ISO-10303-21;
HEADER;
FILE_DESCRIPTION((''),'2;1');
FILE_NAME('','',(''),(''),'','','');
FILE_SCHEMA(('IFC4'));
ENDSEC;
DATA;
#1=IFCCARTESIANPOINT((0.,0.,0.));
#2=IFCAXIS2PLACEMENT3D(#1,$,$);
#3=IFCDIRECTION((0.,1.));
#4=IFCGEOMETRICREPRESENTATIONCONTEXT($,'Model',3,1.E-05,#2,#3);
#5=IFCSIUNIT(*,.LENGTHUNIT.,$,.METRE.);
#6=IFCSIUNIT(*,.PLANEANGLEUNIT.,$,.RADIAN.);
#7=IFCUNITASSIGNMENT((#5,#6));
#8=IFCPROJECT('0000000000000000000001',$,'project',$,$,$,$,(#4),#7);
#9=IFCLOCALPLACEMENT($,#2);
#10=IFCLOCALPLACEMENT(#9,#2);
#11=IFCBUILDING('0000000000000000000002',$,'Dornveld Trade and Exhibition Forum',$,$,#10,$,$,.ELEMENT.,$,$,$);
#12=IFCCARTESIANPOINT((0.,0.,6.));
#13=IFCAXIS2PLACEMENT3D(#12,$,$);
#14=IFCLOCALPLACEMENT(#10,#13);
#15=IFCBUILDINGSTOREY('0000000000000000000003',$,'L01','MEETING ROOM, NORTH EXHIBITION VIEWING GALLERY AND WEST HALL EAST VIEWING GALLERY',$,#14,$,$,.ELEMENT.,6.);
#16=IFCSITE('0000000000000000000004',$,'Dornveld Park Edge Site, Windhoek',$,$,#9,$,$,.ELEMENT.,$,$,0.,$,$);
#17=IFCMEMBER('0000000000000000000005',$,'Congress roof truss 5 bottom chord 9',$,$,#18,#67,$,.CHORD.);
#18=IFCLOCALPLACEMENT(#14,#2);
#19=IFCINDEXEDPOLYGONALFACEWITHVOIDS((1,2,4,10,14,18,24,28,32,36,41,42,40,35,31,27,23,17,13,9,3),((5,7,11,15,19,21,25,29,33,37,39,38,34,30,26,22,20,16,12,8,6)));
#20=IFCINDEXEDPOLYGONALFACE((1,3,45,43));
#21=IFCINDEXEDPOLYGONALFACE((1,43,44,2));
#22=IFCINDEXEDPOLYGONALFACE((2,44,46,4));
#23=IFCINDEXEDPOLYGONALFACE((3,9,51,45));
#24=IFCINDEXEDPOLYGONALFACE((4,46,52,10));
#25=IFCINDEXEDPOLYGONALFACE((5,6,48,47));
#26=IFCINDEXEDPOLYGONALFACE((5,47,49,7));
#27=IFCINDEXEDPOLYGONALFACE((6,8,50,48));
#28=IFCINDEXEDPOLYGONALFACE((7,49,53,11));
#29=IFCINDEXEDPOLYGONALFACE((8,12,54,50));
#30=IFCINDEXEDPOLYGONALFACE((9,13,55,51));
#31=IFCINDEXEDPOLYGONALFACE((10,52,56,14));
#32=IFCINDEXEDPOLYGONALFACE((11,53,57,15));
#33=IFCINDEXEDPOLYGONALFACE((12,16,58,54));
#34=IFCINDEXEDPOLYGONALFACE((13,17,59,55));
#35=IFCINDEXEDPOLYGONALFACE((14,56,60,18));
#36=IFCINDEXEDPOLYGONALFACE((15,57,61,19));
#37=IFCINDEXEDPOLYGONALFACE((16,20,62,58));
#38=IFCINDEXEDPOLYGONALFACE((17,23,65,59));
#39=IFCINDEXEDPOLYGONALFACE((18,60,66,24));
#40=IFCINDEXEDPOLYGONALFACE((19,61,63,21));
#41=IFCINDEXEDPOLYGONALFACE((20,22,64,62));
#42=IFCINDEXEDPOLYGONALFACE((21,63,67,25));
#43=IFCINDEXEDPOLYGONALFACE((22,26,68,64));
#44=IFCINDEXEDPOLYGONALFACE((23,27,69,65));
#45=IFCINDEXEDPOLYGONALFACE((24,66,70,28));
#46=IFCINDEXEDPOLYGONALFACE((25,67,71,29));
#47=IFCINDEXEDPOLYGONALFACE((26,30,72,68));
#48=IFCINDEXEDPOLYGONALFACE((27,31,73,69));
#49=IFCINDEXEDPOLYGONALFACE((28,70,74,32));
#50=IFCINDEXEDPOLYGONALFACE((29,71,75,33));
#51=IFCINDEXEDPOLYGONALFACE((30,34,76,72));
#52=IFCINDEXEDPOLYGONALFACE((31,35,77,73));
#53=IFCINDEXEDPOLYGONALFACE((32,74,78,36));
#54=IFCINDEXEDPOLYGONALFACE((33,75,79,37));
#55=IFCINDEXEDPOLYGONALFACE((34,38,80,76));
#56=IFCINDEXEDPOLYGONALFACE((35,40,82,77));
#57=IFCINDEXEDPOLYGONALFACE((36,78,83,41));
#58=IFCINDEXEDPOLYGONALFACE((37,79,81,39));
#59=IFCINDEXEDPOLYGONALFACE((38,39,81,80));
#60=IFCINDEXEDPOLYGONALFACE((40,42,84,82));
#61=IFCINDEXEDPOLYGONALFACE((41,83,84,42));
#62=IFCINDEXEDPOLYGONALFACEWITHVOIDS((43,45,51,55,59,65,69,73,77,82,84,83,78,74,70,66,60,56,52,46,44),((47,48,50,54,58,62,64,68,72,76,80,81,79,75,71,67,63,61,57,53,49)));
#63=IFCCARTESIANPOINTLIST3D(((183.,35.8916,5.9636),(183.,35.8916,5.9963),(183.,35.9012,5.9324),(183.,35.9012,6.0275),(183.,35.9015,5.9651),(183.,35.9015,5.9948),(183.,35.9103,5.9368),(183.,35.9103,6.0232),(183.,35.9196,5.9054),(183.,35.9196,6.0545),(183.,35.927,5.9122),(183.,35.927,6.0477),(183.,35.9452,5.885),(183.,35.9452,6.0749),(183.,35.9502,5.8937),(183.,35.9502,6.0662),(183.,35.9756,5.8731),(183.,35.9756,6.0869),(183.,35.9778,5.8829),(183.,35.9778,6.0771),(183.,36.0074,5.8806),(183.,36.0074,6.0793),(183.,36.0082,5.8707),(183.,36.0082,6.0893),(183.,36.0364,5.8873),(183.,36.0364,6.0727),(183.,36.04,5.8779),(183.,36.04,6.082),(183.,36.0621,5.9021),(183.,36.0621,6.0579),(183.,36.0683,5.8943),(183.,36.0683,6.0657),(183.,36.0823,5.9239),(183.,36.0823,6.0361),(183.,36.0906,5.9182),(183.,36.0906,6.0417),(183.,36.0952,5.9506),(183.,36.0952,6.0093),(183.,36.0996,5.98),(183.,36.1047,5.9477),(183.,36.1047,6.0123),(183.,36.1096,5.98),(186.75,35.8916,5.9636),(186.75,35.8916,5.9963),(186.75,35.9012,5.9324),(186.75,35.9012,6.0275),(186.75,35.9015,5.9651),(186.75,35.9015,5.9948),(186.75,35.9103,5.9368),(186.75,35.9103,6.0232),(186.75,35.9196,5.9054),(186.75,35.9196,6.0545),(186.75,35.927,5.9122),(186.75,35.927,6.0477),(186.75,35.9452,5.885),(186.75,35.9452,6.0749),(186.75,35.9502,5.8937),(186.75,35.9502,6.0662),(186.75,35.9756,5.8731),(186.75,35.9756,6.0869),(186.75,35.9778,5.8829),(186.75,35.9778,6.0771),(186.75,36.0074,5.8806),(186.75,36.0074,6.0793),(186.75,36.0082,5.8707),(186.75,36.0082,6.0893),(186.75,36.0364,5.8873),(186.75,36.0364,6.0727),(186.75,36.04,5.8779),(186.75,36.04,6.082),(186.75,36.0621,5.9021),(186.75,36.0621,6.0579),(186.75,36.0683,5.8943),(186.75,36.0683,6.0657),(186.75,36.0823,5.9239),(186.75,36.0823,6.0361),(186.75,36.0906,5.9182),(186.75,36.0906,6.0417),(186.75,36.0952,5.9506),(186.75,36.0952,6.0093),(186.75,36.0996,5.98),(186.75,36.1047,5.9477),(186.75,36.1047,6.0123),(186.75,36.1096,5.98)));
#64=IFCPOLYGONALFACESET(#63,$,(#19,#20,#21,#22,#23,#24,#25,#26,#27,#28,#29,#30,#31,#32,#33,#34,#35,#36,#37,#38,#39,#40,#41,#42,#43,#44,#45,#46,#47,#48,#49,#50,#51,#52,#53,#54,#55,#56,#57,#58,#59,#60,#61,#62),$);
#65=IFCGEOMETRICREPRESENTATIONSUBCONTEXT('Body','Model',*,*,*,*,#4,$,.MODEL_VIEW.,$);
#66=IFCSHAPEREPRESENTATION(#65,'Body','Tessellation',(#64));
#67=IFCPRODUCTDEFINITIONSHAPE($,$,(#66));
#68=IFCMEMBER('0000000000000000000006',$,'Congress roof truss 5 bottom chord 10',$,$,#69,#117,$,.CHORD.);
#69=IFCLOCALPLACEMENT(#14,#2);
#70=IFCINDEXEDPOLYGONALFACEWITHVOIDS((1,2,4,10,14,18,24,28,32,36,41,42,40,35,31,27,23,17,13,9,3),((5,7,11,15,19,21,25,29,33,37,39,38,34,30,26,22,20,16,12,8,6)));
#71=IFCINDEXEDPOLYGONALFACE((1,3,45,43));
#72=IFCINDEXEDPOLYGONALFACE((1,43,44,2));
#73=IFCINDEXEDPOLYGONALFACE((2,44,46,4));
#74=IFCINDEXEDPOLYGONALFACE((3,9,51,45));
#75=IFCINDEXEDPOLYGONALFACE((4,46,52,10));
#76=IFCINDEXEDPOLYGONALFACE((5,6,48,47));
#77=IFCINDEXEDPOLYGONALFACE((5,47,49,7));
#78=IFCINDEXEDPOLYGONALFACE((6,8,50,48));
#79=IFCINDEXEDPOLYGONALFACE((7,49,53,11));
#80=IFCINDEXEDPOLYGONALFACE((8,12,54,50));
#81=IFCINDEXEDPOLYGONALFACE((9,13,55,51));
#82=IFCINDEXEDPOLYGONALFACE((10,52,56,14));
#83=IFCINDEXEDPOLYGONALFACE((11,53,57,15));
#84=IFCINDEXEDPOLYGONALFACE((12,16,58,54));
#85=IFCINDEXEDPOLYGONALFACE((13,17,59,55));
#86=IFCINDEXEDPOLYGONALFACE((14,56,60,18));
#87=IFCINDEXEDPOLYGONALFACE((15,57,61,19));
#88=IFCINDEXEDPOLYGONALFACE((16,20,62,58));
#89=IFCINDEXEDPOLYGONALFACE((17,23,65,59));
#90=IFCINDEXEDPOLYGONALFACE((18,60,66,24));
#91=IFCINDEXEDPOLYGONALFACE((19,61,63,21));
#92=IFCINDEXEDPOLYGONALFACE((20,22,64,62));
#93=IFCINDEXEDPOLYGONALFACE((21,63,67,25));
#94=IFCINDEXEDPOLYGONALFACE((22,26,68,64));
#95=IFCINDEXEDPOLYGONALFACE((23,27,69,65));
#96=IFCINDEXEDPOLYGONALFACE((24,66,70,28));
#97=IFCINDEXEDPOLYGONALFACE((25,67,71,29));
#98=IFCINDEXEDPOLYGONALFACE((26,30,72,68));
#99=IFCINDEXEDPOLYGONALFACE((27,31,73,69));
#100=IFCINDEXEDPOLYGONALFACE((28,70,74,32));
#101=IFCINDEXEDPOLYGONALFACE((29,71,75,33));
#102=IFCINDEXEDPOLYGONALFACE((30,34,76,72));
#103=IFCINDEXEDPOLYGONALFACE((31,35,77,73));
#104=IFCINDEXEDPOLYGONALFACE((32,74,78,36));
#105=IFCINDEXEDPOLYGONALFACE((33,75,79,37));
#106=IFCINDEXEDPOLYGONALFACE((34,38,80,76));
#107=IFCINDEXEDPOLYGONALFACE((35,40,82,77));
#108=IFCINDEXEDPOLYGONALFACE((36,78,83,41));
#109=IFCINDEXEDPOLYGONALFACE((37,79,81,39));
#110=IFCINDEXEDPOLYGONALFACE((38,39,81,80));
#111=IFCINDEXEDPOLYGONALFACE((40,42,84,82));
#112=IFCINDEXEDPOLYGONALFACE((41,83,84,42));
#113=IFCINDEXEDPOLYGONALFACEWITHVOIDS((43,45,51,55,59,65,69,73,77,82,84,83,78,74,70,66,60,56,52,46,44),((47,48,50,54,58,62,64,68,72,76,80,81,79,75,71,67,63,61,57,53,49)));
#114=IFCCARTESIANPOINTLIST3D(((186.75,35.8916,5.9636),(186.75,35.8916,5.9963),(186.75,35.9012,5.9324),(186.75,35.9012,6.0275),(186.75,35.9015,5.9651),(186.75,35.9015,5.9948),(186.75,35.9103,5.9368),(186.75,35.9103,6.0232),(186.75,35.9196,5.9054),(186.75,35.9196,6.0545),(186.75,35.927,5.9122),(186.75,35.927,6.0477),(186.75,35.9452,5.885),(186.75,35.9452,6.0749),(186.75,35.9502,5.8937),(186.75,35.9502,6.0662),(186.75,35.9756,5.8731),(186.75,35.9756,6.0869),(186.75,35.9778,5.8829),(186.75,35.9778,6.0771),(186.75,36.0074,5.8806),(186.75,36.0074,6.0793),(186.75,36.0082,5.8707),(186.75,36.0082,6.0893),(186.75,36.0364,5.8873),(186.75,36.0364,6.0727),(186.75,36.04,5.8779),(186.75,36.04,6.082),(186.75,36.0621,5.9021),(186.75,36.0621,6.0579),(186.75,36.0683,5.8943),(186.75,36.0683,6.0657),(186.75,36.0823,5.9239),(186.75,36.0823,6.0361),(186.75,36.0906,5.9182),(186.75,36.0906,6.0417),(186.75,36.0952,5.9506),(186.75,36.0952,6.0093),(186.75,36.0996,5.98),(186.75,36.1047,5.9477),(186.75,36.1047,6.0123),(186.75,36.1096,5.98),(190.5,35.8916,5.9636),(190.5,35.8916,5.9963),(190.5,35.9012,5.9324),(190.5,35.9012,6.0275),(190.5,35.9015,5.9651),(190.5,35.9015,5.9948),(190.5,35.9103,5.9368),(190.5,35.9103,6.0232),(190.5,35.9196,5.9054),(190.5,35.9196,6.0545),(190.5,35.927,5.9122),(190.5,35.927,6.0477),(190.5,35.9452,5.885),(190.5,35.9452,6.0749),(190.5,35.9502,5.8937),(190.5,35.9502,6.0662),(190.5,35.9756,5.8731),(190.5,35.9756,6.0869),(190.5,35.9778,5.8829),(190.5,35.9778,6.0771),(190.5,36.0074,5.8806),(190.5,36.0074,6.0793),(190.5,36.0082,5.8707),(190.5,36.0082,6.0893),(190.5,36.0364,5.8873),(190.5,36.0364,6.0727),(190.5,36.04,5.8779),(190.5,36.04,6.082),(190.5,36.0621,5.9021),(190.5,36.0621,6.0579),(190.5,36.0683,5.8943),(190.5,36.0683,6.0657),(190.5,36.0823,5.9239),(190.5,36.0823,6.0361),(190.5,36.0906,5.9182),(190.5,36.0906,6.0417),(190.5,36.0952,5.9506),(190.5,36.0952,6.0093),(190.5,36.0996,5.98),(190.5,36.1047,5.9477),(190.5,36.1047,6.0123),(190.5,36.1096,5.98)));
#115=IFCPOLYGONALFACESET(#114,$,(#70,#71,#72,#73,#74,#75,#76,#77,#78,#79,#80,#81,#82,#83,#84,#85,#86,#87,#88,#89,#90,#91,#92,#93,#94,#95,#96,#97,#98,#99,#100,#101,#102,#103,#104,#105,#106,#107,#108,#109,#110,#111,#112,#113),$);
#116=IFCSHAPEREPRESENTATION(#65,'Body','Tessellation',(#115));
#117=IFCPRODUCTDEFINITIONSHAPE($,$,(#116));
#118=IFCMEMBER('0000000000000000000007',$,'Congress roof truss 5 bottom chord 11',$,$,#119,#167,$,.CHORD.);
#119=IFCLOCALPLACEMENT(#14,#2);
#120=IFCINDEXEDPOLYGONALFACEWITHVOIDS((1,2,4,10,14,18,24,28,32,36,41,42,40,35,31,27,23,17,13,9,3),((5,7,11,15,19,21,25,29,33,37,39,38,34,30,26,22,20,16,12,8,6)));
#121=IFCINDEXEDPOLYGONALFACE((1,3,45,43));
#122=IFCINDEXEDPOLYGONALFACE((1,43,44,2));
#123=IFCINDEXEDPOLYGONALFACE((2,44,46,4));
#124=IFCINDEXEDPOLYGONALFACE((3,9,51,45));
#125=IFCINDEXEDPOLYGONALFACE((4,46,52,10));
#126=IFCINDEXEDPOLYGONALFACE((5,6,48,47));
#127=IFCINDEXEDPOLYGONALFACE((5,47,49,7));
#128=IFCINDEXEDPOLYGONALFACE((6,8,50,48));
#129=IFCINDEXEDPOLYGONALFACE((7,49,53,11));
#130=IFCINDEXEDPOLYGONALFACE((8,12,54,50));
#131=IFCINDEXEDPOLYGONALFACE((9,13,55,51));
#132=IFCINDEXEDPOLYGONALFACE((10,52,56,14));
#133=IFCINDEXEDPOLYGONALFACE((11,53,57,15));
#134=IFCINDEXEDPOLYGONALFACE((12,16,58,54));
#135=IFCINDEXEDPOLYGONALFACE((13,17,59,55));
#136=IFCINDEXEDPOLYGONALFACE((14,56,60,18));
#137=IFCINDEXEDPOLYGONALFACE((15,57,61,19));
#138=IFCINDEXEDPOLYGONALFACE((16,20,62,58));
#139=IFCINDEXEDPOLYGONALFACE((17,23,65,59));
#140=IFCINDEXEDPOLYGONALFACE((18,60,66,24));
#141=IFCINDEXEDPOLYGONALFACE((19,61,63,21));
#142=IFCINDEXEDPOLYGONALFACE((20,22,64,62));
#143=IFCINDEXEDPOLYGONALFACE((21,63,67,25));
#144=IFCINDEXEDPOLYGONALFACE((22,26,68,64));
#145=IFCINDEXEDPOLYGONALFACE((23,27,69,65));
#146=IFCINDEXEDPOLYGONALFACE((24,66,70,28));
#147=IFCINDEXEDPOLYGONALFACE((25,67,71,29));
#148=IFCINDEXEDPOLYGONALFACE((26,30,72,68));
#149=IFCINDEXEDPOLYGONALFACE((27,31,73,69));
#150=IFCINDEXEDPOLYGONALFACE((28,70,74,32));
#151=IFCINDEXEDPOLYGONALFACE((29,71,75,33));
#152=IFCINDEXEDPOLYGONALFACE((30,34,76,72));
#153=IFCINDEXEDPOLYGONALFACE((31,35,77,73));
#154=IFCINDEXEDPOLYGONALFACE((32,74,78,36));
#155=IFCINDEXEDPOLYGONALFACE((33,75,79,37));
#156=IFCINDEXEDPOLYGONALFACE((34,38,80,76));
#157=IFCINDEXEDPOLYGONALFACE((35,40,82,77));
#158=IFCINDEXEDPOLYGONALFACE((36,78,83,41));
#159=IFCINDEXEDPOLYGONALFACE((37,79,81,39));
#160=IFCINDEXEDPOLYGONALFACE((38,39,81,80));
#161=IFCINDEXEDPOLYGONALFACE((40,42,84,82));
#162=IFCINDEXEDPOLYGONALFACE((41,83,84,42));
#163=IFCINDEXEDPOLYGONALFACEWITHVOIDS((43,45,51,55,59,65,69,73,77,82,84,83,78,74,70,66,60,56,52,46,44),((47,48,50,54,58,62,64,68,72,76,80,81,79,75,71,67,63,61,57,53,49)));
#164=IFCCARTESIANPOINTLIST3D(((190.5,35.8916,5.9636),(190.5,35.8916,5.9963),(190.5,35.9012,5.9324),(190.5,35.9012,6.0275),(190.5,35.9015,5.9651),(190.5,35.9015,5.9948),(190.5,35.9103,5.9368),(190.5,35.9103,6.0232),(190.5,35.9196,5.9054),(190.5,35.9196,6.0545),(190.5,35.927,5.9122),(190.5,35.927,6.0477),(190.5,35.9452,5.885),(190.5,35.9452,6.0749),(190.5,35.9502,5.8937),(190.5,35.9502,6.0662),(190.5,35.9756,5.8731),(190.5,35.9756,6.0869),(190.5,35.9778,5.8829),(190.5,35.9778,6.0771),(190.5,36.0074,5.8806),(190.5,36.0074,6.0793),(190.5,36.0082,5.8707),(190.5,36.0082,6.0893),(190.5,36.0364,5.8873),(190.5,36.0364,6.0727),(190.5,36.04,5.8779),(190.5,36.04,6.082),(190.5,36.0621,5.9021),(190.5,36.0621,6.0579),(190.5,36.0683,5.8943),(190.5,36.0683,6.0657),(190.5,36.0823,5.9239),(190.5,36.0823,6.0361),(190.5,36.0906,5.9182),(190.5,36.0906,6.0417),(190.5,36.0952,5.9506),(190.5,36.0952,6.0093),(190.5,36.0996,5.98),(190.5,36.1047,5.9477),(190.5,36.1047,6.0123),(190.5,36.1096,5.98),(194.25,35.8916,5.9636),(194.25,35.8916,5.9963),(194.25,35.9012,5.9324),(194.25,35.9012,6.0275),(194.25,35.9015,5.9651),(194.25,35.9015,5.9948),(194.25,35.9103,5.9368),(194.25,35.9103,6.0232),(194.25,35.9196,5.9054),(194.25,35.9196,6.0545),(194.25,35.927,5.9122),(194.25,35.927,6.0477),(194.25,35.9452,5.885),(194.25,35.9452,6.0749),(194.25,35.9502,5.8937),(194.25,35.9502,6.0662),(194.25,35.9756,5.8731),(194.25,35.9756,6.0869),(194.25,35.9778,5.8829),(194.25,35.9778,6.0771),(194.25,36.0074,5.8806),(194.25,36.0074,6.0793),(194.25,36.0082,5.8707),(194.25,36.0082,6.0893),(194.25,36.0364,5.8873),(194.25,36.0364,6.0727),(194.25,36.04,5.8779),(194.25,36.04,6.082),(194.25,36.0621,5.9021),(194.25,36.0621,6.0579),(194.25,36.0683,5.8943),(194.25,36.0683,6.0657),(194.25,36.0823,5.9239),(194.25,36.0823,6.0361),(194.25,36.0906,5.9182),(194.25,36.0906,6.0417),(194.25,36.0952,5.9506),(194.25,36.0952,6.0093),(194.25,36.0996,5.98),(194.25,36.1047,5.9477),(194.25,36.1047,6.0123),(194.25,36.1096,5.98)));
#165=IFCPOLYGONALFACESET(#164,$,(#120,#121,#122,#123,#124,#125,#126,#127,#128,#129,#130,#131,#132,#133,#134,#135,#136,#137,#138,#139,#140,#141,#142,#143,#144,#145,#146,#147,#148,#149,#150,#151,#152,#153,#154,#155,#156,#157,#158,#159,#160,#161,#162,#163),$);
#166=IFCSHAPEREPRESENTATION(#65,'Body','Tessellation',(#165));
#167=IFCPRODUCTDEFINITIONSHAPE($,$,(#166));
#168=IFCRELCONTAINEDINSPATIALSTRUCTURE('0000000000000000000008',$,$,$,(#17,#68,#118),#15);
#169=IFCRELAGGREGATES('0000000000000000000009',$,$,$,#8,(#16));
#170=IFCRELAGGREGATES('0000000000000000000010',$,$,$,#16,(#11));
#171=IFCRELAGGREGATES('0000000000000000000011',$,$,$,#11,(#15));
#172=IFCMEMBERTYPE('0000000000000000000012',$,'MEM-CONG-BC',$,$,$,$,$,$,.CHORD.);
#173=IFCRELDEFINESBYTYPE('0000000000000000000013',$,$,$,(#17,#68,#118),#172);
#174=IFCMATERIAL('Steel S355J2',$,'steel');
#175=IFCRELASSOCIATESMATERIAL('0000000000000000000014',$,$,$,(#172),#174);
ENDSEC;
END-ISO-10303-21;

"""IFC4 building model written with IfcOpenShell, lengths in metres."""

from ifc_helpers import new_model, si_unit, direction, frame, origin, origin_2d, place, context, subcontext, project, spatial, hollow_circle, extrude, material, material_profile, profile_set, type_object, element, save


model = new_model("IFC4")

# Units and contexts
model_context = context("Model", 3, precision=1e-05, world=origin(), true_north=direction((0.0, 1.0)))
body_context = subcontext(model_context, "Body", "Model", "MODEL_VIEW")
ifc_project = project(units=[si_unit("LENGTHUNIT", "METRE"), si_unit("PLANEANGLEUNIT", "RADIAN")], contexts=[model_context])

# Site, building, storey
site_placement = place(None, origin())
site = spatial("IfcSite", under=ifc_project, at=site_placement, Name="Dornveld Park Edge Site, Windhoek", CompositionType="ELEMENT", RefElevation=0.0)
building_placement = place(site_placement, origin())
building = spatial("IfcBuilding", under=site, at=building_placement, Name="Dornveld Trade and Exhibition Forum", CompositionType="ELEMENT")
storey_placement = place(building_placement, frame((0.0, 0.0, 6.0)))
storey = spatial("IfcBuildingStorey", under=building, at=storey_placement, Name="L01", Description="MEETING ROOM, NORTH EXHIBITION VIEWING GALLERY AND WEST HALL EAST VIEWING GALLERY", CompositionType="ELEMENT", Elevation=6.0)

# Members
ifc_material_1 = material(Name="Steel S355J2", Category="steel")
ifc_material_profile_1 = material_profile(ifc_material_1, hollow_circle(Radius=0.1096, WallThickness=0.01, at=origin_2d()), Name="CHS 219.1x10")
ifc_profile_set_1 = profile_set([ifc_material_profile_1], Name="Steel S355J2")
member_type_1 = type_object("IfcMemberType", Name="MEM-CONG-BC", PredefinedType="CHORD", material=ifc_profile_set_1)
for number, where, z_axis, x_axis, name in (
    (1, (183.0, 36.0, 5.98), (1.0, 0.0, 0.0), (0.0, 1.0, 0.0), "Congress roof truss 5 bottom chord 9"),
    (2, (186.75, 36.0, 5.98), (1.0, 0.0, 0.0), (0.0, 1.0, 0.0), "Congress roof truss 5 bottom chord 10"),
    (3, (190.5, 36.0, 5.98), (1.0, 0.0, 0.0), (0.0, 1.0, 0.0), "Congress roof truss 5 bottom chord 11"),
):
    element("IfcMember", number, at=place(storey_placement, frame(where, z_axis=z_axis, x_axis=x_axis)), inside=storey, type_object=member_type_1, Name=name, PredefinedType="CHORD", context=body_context, shape_type="SweptSolid", body=[
        extrude(hollow_circle(Radius=0.1096, WallThickness=0.01, at=origin_2d()), origin(), (0.0, 0.0, 1.0), 3.75),
    ])

save(model, "model.ifc")
